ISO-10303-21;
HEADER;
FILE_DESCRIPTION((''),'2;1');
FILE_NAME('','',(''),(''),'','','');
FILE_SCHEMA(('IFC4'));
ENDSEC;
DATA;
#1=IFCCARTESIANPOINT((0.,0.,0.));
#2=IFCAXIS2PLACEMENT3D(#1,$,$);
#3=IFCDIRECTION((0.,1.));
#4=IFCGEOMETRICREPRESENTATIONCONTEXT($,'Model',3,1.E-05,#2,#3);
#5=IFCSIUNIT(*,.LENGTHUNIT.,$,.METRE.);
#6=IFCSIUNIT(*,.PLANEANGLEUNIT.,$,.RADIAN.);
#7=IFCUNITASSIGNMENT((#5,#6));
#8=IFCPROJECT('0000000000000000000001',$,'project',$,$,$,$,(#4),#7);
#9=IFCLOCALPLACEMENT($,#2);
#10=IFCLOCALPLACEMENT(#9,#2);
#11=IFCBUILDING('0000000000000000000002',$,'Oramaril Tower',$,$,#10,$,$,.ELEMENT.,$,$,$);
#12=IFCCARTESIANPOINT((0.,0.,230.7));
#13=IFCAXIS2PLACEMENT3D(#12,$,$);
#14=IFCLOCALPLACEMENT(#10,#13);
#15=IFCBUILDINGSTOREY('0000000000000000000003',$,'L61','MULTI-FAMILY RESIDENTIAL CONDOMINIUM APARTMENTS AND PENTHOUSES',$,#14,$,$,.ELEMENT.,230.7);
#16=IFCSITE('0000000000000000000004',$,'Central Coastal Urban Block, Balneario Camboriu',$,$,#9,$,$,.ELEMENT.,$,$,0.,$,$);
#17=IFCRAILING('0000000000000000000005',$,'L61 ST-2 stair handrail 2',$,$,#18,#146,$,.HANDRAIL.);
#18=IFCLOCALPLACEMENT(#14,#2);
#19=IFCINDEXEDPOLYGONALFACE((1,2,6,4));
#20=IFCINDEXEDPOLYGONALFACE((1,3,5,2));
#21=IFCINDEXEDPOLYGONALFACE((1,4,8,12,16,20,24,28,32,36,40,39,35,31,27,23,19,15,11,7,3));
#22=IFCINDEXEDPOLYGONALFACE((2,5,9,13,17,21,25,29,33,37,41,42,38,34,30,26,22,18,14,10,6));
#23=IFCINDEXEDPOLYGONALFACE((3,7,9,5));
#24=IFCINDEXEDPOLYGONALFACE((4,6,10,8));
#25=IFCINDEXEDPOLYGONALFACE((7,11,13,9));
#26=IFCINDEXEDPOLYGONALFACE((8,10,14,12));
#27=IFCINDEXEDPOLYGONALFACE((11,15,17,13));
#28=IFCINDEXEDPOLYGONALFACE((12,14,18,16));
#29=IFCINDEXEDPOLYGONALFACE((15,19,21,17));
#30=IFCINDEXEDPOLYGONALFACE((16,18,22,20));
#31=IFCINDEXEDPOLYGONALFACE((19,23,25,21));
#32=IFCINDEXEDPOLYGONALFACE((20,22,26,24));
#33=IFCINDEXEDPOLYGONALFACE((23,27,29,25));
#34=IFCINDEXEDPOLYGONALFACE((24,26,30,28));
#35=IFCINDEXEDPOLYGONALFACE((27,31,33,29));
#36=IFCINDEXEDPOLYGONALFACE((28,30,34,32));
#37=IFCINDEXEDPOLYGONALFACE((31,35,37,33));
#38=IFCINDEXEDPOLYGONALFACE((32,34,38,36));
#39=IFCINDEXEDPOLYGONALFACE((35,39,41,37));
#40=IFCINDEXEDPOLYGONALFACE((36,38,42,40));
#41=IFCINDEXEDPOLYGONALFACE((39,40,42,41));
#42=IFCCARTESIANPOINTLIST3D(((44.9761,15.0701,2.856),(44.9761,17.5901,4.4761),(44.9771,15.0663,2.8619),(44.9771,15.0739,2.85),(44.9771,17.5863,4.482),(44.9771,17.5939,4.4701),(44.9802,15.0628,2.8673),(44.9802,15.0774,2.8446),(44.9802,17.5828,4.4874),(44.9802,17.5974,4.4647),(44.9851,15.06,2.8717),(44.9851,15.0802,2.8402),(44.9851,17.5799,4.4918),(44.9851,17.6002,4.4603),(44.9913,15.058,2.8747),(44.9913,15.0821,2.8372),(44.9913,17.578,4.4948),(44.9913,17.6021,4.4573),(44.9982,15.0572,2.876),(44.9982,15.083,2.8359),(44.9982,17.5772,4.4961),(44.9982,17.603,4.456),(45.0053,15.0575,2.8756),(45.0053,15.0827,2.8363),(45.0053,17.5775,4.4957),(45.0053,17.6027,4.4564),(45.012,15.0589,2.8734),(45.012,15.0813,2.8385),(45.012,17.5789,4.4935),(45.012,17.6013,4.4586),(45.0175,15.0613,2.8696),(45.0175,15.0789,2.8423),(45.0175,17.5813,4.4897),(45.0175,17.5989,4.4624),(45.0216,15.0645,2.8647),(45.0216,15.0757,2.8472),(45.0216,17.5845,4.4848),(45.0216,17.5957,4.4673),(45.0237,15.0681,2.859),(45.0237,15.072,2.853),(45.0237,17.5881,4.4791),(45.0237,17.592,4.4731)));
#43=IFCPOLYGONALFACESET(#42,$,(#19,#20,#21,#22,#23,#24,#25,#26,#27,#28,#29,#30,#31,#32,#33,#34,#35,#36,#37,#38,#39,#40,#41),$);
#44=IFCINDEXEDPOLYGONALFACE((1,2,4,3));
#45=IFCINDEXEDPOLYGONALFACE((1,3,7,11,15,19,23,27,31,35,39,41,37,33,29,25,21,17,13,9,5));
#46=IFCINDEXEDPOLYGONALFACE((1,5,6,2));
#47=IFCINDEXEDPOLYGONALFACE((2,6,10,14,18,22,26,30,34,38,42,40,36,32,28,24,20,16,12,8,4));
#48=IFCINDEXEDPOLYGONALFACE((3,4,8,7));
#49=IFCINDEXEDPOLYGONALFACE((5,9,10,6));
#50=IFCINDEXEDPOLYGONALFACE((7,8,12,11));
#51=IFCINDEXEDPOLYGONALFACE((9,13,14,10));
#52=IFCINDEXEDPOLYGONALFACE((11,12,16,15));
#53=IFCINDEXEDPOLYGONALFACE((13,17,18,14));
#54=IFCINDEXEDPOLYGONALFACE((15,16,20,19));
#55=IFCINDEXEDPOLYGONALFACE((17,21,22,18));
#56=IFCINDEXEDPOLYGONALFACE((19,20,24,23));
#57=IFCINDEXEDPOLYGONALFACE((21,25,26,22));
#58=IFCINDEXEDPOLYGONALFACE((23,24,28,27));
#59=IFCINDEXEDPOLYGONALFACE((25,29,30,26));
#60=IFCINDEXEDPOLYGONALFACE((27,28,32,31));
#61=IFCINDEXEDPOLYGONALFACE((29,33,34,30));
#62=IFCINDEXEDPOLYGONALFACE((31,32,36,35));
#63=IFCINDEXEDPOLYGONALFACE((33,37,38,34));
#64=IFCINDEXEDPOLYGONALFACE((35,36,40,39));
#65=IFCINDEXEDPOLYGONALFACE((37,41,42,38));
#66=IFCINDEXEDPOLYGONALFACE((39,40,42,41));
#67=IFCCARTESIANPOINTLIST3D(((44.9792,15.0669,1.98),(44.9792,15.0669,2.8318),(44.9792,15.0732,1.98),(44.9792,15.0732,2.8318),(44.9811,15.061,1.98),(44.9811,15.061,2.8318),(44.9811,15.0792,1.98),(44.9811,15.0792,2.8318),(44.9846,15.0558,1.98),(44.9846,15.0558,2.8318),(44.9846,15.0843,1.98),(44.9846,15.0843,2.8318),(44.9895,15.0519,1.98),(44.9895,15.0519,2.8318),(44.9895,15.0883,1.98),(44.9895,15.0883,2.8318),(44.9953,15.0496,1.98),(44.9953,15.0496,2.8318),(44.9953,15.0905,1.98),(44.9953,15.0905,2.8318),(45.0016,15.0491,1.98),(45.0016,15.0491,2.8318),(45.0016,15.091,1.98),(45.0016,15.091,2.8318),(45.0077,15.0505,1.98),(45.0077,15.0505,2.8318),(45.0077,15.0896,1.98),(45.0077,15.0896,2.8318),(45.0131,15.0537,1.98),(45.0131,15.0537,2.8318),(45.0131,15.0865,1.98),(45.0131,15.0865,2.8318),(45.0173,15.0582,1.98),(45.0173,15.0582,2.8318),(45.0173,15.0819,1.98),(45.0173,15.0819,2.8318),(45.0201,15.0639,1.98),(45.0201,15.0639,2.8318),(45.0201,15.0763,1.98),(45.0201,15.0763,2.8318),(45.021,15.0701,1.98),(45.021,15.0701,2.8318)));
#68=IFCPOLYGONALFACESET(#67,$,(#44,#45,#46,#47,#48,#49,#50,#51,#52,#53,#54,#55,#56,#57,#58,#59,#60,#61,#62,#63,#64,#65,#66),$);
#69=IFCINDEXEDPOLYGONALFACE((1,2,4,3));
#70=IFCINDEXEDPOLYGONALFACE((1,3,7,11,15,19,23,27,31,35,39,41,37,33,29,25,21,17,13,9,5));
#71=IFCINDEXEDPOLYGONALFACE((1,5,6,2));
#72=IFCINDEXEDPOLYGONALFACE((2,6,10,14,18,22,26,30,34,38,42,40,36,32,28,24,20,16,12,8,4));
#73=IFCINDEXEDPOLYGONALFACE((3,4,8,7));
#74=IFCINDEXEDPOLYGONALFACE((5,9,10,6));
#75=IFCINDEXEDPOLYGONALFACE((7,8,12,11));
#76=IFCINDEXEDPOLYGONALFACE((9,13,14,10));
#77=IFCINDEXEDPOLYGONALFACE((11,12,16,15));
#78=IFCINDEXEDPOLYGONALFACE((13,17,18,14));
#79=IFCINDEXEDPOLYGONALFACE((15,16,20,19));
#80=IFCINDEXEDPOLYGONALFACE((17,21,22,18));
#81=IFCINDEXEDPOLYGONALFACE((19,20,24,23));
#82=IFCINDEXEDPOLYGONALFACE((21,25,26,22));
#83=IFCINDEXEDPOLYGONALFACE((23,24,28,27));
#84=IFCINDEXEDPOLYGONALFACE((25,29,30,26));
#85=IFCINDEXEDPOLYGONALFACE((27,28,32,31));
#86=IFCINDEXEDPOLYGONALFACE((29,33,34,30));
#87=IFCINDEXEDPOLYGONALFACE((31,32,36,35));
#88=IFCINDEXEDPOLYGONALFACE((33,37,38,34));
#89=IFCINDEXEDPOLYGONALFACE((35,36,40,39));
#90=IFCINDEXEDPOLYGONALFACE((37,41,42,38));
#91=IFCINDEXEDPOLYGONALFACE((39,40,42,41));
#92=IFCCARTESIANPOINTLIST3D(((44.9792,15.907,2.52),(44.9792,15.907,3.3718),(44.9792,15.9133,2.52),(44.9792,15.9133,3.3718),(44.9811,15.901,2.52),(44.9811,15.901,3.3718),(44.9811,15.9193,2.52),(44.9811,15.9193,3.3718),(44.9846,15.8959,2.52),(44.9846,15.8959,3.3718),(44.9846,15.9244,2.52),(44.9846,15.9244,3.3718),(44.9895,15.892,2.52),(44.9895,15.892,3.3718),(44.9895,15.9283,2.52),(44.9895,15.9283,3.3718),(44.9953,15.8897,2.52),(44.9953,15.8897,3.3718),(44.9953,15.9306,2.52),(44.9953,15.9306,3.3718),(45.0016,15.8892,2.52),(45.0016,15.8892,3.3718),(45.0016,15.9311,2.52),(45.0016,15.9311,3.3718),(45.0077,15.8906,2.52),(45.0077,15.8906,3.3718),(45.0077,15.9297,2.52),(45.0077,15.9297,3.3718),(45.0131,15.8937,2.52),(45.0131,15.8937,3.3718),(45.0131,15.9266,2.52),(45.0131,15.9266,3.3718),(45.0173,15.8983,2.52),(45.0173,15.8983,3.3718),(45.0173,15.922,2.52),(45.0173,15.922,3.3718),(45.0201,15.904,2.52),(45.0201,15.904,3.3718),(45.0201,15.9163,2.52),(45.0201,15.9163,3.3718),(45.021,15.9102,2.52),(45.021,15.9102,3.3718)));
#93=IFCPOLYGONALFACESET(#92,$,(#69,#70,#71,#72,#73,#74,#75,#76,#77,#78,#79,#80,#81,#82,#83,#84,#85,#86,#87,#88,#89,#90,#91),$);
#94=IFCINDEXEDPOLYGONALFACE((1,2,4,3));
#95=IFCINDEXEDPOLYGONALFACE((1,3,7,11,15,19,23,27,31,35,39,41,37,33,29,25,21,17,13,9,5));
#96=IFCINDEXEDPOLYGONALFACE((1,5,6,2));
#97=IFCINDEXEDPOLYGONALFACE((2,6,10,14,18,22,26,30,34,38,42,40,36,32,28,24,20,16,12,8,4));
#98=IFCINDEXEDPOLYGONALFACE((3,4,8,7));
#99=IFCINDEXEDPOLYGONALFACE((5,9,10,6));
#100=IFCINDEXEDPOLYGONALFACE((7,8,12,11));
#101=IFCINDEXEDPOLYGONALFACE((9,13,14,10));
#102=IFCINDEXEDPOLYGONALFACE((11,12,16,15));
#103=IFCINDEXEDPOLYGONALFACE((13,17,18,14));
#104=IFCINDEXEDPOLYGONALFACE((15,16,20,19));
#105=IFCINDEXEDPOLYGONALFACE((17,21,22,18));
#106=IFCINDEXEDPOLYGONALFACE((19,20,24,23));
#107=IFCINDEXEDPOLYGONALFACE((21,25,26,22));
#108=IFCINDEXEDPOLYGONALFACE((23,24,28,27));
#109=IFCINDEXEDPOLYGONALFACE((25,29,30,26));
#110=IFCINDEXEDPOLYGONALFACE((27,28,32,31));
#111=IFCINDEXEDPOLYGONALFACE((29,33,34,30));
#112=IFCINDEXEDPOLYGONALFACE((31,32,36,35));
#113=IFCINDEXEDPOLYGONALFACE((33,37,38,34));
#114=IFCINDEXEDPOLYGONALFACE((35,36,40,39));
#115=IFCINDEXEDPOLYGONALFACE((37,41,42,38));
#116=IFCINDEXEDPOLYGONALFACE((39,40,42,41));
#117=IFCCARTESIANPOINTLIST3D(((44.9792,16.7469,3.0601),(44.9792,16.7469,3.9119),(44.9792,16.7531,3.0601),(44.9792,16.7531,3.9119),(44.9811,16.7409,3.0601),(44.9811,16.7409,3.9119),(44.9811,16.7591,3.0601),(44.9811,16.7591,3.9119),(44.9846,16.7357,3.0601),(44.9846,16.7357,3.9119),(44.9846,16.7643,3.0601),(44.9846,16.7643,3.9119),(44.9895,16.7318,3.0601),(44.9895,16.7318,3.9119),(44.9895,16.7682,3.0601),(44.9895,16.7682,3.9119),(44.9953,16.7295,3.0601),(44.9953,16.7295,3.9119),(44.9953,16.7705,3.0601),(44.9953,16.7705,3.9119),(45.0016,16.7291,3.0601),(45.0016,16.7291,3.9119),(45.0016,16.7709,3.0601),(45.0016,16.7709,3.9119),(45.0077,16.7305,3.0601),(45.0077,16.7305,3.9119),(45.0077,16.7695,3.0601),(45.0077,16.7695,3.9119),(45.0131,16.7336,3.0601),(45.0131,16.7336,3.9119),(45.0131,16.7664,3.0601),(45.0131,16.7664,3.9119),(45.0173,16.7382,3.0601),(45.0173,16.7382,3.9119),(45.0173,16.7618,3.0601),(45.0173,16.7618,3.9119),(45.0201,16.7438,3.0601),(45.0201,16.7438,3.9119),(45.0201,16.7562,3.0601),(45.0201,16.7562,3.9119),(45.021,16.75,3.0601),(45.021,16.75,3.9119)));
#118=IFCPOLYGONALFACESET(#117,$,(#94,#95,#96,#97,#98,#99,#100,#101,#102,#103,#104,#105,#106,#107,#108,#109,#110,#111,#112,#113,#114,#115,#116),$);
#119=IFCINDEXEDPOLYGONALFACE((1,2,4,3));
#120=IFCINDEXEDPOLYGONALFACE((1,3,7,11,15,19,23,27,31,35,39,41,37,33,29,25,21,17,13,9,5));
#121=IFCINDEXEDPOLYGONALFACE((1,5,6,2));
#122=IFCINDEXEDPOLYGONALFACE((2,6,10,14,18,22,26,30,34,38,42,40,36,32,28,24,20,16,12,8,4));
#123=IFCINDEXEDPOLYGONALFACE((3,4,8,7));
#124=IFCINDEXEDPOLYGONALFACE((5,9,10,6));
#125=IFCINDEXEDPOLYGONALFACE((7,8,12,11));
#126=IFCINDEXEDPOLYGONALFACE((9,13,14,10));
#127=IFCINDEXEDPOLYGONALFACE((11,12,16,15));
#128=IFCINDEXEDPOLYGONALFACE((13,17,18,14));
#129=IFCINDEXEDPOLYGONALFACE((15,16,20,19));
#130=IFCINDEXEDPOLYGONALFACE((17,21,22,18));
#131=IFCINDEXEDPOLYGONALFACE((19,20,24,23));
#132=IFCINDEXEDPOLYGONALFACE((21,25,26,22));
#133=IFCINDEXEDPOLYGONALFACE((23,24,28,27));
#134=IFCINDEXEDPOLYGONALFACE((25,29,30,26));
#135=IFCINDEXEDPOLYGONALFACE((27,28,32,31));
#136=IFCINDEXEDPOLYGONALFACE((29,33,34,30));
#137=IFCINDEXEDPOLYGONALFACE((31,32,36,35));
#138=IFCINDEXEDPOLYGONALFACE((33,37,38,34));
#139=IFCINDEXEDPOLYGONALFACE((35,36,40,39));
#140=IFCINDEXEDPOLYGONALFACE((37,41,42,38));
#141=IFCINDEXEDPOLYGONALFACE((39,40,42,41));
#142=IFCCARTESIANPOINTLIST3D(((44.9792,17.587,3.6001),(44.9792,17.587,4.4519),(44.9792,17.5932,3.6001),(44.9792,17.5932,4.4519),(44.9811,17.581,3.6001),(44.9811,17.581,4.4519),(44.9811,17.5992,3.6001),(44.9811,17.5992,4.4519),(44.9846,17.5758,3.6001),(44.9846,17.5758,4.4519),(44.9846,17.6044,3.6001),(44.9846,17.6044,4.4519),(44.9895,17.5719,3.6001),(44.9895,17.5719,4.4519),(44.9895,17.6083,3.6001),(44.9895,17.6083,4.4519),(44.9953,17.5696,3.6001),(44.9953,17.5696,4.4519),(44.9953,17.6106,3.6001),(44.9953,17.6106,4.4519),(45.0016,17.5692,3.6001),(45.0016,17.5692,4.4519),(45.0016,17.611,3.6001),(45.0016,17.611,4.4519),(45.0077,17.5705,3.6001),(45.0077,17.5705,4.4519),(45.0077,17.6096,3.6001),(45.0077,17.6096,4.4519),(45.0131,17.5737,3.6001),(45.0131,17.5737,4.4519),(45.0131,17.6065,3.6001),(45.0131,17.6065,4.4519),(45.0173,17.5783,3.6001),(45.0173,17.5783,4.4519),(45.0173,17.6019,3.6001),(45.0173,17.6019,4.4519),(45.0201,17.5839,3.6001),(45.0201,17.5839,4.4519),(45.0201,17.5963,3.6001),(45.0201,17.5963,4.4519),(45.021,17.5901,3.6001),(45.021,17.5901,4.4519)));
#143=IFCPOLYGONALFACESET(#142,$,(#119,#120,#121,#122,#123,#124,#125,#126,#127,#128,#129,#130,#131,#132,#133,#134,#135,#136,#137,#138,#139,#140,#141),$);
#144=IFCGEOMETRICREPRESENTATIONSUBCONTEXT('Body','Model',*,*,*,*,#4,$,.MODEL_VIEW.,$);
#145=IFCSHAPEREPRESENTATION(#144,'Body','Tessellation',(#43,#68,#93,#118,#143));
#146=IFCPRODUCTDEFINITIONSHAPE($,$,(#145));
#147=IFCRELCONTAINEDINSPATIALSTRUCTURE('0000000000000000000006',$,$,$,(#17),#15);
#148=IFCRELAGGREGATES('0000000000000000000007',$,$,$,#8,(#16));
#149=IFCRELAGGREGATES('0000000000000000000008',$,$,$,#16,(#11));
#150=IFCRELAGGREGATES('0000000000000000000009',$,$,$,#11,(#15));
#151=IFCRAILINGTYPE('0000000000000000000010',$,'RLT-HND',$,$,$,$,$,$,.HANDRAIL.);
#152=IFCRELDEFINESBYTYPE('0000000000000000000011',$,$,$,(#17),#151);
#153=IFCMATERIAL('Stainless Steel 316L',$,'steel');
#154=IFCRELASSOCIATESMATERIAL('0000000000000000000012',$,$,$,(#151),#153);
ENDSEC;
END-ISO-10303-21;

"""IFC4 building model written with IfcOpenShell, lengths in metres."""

from ifc_helpers import new_model, si_unit, direction, frame, origin, origin_2d, place, context, subcontext, project, spatial, circle, extrude, material, type_object, element, save


model = new_model("IFC4")

# Units and contexts
model_context = context("Model", 3, precision=1e-05, world=origin(), true_north=direction((0.0, 1.0)))
body_context = subcontext(model_context, "Body", "Model", "MODEL_VIEW")
ifc_project = project(units=[si_unit("LENGTHUNIT", "METRE"), si_unit("PLANEANGLEUNIT", "RADIAN")], contexts=[model_context])

# Site, building, storey
site_placement = place(None, origin())
site = spatial("IfcSite", under=ifc_project, at=site_placement, Name="Central Coastal Urban Block, Balneario Camboriu", CompositionType="ELEMENT", RefElevation=0.0)
building_placement = place(site_placement, origin())
building = spatial("IfcBuilding", under=site, at=building_placement, Name="Oramaril Tower", CompositionType="ELEMENT")
storey_placement = place(building_placement, frame((0.0, 0.0, 230.7)))
storey = spatial("IfcBuildingStorey", under=building, at=storey_placement, Name="L61", Description="MULTI-FAMILY RESIDENTIAL CONDOMINIUM APARTMENTS AND PENTHOUSES", CompositionType="ELEMENT", Elevation=230.7)

# Railing
ifc_material_1 = material(Name="Stainless Steel 316L", Category="steel")
railing_type_1 = type_object("IfcRailingType", Name="RLT-HND", PredefinedType="HANDRAIL", material=ifc_material_1)
railing_1_placement = place(storey_placement, frame((45.0, 15.0701, 1.98)))
element("IfcRailing", 1, at=railing_1_placement, inside=storey, type_object=railing_type_1, Name="L61 ST-2 stair handrail 2", PredefinedType="HANDRAIL", context=body_context, shape_type="SweptSolid", body=[
    extrude(circle(Radius=0.0239, at=origin_2d()), frame((0.0, 0.0, 0.876), z_axis=(0.0, 0.841163, 0.540782), x_axis=(-1.0, 0.0, 0.0)), (0.0, 0.0, 1.0), 2.9958),
    extrude(circle(Radius=0.021, at=origin_2d()), origin(), (0.0, 0.0, 1.0), 0.8518),
    extrude(circle(Radius=0.021, at=origin_2d()), frame((0.0, 0.8401, 0.54)), (0.0, 0.0, 1.0), 0.8518),
    extrude(circle(Radius=0.021, at=origin_2d()), frame((0.0, 1.6799, 1.0801)), (0.0, 0.0, 1.0), 0.8518),
    extrude(circle(Radius=0.021, at=origin_2d()), frame((0.0, 2.52, 1.6201)), (0.0, 0.0, 1.0), 0.8518),
])

save(model, "model.ifc")
